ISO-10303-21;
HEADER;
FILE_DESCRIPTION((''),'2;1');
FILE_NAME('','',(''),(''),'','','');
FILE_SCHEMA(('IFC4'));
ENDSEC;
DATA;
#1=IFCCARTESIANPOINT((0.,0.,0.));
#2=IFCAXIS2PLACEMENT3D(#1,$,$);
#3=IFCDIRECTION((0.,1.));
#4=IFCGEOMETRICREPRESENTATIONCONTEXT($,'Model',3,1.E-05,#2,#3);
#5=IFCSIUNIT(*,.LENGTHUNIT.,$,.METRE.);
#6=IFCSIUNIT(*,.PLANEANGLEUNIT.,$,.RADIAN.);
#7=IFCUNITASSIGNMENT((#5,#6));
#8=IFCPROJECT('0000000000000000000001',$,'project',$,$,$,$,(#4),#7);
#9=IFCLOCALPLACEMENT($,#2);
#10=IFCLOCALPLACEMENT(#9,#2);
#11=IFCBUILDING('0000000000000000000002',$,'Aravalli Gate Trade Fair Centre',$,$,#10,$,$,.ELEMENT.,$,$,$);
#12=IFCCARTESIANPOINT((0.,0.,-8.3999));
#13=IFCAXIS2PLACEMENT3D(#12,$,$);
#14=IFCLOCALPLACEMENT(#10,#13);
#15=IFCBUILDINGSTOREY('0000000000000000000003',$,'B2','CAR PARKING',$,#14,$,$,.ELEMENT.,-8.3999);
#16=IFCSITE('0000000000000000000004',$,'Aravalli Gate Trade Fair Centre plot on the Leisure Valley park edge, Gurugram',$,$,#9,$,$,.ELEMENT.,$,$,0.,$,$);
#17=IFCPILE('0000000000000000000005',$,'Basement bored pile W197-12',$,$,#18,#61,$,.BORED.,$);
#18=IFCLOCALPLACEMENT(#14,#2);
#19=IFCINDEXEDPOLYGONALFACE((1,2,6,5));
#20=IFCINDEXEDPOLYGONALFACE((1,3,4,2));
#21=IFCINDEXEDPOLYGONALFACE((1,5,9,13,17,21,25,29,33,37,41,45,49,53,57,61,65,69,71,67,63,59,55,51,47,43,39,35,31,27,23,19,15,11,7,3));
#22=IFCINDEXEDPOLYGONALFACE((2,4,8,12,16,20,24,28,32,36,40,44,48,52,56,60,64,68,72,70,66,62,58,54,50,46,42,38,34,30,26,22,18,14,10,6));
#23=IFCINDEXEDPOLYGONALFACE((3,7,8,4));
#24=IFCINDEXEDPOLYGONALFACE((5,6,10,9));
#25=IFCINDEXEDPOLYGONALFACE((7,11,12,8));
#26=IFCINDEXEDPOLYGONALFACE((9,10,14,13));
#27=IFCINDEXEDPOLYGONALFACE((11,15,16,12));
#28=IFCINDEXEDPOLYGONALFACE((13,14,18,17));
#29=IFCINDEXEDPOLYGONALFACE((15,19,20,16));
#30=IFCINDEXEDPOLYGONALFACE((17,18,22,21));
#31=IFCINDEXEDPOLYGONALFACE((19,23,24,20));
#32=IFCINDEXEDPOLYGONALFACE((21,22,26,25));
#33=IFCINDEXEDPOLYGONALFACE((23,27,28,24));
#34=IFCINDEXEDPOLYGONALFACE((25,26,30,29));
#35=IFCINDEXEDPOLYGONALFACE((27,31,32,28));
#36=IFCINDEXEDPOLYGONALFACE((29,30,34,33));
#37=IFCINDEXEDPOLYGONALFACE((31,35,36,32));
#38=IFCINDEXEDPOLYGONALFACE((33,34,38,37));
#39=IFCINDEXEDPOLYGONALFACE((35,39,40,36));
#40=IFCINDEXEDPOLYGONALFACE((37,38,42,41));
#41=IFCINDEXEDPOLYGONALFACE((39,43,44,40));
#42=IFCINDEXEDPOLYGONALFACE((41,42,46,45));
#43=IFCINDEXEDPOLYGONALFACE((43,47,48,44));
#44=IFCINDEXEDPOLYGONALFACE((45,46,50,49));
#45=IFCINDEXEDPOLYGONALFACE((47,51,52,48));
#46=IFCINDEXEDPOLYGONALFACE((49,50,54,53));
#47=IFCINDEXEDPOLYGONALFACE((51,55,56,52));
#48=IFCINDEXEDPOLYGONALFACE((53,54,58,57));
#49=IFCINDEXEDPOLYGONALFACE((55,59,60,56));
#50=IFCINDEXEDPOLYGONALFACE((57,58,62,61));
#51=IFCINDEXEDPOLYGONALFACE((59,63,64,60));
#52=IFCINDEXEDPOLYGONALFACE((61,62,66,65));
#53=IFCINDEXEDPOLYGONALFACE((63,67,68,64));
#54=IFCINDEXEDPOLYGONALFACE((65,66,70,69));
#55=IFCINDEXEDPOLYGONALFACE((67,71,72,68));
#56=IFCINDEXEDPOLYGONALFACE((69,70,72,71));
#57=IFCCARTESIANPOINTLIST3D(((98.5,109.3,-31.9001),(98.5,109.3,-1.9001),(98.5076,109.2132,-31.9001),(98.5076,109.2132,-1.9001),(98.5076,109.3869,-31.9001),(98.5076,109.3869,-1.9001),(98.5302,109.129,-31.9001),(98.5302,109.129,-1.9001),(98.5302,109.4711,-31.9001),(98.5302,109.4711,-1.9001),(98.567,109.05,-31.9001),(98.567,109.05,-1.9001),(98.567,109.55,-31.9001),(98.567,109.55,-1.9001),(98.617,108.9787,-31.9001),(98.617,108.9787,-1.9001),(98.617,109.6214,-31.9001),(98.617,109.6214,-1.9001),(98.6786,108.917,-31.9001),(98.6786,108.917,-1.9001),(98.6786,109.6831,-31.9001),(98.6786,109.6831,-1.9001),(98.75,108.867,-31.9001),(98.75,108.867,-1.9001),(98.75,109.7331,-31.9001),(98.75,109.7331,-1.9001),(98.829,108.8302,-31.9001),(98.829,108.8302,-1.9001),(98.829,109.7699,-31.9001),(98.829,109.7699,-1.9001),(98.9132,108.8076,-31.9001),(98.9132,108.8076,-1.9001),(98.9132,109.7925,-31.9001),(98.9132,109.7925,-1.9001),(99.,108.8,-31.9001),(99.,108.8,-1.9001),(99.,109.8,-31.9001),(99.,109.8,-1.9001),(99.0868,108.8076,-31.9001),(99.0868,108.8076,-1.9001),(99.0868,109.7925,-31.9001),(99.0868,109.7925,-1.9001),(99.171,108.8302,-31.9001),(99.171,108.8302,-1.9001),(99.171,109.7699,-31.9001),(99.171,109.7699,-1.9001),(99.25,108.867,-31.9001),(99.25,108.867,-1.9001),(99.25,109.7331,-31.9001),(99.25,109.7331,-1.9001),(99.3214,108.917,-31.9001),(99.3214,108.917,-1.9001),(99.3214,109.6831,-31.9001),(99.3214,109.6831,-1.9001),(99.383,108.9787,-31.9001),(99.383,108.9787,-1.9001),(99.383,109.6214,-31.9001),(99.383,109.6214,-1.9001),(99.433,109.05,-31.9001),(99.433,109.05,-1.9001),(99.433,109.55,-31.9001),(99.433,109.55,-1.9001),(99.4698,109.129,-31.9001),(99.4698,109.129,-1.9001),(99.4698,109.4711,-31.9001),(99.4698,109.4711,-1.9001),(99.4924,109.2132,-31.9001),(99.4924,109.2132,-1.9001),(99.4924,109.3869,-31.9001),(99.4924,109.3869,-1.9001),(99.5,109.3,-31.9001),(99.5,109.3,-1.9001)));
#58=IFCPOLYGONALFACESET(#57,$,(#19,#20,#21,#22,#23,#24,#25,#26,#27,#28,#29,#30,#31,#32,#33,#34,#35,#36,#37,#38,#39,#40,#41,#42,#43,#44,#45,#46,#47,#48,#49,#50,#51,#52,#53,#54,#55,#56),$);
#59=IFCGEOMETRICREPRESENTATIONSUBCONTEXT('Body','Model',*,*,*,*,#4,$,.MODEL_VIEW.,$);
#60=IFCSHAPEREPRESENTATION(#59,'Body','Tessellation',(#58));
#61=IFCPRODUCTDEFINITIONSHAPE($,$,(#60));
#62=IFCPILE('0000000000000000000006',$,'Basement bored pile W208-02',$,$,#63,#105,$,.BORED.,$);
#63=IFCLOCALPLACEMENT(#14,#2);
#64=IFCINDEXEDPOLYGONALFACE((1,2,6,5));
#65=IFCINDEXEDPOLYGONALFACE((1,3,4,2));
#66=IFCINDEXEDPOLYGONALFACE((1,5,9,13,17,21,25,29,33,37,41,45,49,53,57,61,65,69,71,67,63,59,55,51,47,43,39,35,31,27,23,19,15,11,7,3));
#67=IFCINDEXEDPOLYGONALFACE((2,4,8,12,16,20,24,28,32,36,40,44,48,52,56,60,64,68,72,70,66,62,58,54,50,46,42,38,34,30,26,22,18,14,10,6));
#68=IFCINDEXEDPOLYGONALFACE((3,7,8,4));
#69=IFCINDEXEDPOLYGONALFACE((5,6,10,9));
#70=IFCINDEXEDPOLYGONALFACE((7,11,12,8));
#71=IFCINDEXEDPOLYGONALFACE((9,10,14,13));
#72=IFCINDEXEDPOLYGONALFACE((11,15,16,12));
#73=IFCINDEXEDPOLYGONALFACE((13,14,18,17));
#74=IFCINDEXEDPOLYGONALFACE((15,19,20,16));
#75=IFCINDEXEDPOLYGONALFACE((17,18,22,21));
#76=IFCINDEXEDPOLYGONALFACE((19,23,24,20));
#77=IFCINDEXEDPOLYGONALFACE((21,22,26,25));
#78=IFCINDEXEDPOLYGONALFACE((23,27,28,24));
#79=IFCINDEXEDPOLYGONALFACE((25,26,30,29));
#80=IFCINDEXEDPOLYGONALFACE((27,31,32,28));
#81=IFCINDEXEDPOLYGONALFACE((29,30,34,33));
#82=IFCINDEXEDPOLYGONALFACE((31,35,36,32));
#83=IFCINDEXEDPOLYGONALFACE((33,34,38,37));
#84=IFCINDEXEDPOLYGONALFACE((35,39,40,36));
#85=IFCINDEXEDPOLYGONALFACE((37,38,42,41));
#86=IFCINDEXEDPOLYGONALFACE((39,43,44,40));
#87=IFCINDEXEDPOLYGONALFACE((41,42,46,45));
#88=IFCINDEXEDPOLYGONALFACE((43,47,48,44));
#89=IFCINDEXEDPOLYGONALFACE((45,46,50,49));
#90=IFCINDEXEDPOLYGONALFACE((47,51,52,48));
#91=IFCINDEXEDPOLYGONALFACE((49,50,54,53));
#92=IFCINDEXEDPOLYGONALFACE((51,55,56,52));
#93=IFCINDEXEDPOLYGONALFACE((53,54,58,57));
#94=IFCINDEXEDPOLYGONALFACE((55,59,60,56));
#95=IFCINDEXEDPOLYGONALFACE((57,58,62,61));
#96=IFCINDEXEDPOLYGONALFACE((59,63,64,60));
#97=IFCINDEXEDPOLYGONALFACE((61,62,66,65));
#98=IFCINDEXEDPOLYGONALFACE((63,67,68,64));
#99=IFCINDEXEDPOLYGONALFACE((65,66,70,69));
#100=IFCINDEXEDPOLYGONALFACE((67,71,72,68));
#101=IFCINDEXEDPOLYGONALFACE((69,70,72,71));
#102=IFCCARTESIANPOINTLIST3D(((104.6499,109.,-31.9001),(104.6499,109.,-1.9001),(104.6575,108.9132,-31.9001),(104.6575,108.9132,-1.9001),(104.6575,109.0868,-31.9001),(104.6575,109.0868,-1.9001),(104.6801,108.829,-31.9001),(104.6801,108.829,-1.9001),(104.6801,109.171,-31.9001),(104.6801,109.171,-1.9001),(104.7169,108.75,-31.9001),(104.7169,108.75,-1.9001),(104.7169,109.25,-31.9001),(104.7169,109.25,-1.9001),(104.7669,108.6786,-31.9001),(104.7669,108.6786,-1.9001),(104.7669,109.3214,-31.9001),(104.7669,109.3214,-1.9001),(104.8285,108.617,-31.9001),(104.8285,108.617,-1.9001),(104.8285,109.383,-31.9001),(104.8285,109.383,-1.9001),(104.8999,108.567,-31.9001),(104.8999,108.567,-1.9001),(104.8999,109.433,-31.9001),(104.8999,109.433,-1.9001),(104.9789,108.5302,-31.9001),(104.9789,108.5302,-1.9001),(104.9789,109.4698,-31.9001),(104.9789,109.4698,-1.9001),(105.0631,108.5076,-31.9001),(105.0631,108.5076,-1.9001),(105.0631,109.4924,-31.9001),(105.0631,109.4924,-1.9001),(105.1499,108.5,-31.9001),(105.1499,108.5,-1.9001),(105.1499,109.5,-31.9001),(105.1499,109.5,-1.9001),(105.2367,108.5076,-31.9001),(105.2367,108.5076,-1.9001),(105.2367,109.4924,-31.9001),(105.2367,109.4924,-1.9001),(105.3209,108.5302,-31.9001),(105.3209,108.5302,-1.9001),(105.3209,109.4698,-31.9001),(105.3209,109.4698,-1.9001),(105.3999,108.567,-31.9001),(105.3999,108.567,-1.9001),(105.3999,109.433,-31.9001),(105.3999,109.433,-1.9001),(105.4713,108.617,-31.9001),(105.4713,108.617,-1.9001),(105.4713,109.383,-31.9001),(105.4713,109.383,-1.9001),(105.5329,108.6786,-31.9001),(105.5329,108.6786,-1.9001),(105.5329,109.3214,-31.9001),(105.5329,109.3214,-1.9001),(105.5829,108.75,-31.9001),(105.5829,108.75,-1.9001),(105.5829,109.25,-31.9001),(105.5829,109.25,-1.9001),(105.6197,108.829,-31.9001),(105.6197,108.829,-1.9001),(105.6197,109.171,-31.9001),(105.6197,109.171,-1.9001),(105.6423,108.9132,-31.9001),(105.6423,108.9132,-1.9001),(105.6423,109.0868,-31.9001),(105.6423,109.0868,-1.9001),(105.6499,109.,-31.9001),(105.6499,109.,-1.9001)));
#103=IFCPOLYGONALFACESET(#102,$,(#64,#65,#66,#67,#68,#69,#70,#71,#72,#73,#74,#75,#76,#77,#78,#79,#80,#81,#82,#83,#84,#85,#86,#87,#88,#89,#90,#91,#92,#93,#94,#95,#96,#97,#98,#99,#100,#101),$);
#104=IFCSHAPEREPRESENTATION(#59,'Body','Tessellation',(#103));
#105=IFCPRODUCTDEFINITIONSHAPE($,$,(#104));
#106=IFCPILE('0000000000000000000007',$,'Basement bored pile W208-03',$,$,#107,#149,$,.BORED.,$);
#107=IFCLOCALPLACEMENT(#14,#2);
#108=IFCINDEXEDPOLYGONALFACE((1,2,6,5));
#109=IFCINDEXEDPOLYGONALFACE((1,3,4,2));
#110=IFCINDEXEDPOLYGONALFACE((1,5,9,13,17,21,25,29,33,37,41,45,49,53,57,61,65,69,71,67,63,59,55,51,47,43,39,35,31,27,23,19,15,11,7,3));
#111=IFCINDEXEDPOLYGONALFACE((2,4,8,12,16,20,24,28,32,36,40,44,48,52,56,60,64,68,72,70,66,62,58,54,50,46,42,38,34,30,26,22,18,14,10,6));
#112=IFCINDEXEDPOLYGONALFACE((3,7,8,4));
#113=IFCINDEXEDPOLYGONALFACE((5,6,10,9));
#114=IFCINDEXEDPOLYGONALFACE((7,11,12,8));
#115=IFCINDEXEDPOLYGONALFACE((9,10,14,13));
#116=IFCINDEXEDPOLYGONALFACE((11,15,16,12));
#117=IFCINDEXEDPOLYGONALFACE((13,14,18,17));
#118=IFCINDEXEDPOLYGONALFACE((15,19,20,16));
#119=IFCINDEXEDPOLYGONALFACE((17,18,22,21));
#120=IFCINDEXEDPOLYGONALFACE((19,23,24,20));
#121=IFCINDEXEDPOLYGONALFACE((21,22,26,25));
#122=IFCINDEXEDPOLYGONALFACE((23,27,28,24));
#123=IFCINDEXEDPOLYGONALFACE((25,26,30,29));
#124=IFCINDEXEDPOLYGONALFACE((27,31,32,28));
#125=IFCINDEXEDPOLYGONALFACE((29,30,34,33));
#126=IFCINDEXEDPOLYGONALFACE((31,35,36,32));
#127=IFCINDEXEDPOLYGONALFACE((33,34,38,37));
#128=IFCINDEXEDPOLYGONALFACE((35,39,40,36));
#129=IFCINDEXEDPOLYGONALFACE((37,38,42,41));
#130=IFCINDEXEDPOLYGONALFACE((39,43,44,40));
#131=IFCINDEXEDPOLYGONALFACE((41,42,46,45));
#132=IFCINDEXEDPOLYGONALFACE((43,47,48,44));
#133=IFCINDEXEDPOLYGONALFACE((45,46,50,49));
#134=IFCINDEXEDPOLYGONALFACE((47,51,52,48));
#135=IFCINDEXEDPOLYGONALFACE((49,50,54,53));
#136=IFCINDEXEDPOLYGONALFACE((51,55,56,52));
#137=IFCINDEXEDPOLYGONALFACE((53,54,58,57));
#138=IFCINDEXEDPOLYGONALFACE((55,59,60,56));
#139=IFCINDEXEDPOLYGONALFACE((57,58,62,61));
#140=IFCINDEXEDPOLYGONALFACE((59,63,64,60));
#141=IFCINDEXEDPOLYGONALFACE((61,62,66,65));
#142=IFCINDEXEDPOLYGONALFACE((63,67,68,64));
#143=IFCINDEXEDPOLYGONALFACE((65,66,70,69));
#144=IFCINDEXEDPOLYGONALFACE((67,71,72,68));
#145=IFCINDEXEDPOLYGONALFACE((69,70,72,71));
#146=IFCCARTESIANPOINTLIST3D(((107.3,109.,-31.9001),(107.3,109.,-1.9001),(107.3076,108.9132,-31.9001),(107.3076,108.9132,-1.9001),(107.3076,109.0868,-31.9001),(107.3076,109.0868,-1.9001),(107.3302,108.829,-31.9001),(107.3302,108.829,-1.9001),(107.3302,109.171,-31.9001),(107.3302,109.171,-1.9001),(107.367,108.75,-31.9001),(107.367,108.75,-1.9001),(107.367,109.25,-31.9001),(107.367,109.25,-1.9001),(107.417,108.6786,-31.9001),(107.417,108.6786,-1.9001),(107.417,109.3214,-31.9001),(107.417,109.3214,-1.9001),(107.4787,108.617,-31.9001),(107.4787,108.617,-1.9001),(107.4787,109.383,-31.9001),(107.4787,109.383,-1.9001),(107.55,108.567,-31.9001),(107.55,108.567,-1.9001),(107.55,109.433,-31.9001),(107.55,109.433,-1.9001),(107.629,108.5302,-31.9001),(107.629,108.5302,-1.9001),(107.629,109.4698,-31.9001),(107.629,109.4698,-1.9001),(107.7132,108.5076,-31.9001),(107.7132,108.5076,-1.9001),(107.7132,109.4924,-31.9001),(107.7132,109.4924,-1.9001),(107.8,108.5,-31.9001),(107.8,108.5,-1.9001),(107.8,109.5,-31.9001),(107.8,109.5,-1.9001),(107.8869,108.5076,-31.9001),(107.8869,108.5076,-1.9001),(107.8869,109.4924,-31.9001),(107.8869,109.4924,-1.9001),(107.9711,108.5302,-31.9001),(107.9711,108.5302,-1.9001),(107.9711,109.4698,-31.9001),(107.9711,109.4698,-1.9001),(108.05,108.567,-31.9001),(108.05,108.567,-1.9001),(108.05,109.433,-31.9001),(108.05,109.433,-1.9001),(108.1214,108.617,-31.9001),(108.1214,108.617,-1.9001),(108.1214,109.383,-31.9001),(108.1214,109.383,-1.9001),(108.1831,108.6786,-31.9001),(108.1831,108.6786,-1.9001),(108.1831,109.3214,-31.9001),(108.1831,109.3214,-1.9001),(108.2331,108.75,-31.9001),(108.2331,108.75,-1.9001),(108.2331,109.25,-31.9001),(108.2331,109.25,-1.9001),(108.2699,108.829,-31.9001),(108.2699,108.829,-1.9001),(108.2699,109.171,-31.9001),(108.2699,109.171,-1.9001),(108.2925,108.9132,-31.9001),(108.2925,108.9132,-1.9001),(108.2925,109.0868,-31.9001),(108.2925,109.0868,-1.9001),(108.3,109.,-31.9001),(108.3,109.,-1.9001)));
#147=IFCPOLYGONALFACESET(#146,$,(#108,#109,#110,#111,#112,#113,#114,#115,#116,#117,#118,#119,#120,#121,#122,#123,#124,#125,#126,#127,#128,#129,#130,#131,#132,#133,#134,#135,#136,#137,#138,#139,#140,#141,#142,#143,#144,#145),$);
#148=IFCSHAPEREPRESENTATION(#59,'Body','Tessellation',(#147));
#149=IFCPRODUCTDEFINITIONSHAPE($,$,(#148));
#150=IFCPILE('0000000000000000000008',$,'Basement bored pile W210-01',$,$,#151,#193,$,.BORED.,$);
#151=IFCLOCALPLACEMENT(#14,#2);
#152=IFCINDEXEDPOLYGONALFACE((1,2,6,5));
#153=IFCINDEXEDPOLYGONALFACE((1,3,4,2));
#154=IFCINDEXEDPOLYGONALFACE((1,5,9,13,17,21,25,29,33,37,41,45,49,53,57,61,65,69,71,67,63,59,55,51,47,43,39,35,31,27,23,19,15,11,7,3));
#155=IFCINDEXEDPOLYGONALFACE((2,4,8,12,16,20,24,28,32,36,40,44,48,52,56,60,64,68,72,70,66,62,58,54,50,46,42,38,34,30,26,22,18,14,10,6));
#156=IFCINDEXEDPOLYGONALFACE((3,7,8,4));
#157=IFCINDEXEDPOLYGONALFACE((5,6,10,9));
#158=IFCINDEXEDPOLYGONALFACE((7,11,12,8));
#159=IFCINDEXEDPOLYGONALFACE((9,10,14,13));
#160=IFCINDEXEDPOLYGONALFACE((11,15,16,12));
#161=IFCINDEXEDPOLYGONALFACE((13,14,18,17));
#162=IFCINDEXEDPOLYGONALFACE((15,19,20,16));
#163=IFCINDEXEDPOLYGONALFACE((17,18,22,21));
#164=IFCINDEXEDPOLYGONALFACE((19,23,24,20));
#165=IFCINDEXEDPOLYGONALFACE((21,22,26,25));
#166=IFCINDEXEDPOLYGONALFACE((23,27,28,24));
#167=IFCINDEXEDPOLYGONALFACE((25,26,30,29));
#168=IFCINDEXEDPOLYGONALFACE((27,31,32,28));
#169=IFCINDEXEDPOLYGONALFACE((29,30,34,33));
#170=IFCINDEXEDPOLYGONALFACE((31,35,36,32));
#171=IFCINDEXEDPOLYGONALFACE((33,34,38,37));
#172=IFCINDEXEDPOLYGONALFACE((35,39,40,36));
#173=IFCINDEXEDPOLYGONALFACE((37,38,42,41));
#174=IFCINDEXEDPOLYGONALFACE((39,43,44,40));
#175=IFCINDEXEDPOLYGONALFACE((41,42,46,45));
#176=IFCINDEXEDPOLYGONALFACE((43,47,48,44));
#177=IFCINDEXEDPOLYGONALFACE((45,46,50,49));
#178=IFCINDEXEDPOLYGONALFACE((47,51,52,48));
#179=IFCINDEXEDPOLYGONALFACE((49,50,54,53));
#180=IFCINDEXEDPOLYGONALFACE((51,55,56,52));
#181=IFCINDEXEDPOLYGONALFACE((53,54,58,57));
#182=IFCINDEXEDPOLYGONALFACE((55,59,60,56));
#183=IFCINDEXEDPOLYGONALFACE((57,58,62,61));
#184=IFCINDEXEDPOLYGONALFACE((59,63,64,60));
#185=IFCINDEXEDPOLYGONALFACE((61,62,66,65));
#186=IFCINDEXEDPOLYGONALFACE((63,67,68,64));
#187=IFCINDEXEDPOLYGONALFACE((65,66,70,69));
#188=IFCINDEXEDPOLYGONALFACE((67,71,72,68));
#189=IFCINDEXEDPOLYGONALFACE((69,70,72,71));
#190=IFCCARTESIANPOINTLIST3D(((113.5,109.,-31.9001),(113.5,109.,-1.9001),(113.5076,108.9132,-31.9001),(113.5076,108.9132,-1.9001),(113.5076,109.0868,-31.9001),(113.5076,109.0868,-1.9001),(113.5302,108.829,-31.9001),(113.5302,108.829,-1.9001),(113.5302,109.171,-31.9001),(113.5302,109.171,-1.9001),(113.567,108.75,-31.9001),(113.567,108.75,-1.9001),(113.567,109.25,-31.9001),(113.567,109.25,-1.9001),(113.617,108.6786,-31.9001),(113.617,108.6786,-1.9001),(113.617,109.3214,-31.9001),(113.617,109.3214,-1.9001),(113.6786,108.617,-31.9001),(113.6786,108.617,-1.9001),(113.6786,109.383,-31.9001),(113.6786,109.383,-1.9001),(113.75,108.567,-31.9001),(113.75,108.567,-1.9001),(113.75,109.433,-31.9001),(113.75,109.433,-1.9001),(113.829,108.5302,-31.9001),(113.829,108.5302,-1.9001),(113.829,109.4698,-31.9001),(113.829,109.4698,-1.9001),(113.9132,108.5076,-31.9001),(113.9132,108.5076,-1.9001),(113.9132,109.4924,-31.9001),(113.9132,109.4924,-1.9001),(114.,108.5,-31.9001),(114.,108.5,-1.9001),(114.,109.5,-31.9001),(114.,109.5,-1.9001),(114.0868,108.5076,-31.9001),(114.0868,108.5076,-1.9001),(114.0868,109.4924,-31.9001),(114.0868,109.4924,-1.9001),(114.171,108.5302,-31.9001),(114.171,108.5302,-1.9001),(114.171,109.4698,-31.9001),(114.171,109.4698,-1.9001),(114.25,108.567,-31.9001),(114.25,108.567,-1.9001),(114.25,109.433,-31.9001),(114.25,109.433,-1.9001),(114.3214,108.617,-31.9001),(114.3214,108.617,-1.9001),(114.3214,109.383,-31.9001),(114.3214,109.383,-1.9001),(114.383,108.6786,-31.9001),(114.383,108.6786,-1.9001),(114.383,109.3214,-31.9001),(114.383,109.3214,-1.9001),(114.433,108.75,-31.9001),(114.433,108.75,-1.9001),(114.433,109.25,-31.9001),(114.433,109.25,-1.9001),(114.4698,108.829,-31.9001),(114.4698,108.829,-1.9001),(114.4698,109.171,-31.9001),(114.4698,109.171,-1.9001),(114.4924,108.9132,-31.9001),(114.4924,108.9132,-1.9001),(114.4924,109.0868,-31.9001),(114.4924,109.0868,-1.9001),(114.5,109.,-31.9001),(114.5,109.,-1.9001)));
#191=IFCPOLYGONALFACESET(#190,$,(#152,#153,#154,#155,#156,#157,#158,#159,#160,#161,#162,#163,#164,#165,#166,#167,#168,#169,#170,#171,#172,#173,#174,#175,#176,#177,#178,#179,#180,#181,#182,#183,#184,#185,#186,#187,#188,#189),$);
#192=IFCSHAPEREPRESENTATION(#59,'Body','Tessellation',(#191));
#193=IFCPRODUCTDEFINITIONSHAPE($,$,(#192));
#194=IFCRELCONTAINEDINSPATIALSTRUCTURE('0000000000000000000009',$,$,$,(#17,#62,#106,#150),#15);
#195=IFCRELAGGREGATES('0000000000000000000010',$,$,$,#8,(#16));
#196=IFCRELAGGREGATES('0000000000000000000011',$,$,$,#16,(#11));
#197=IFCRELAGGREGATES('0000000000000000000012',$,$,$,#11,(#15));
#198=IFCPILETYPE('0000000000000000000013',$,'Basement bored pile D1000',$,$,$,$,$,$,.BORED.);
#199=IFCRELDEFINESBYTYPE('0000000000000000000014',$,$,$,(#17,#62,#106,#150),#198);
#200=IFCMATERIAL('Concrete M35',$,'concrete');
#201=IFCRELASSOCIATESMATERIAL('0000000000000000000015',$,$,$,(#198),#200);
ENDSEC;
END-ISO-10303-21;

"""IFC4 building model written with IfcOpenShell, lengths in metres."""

from ifc_helpers import new_model, si_unit, direction, frame, origin, origin_2d, place, context, subcontext, project, spatial, circle, extrude, material, material_profile, profile_set, type_object, element, save


model = new_model("IFC4")

# Units and contexts
model_context = context("Model", 3, precision=1e-05, world=origin(), true_north=direction((0.0, 1.0)))
body_context = subcontext(model_context, "Body", "Model", "MODEL_VIEW")
ifc_project = project(units=[si_unit("LENGTHUNIT", "METRE"), si_unit("PLANEANGLEUNIT", "RADIAN")], contexts=[model_context])

# Site, building, storey
site_placement = place(None, origin())
site = spatial("IfcSite", under=ifc_project, at=site_placement, Name="Aravalli Gate Trade Fair Centre plot on the Leisure Valley park edge, Gurugram", CompositionType="ELEMENT", RefElevation=0.0)
building_placement = place(site_placement, origin())
building = spatial("IfcBuilding", under=site, at=building_placement, Name="Aravalli Gate Trade Fair Centre", CompositionType="ELEMENT")
storey_placement = place(building_placement, frame((0.0, 0.0, -8.3999)))
storey = spatial("IfcBuildingStorey", under=building, at=storey_placement, Name="B2", Description="CAR PARKING", CompositionType="ELEMENT", Elevation=-8.3999)

# Piles
ifc_material_1 = material(Name="Concrete M35", Category="concrete")
ifc_material_profile_1 = material_profile(ifc_material_1, circle(Radius=0.5, at=origin_2d()), Name="D1000")
ifc_profile_set_1 = profile_set([ifc_material_profile_1], Name="Concrete M35")
pile_type = type_object("IfcPileType", Name="Basement bored pile D1000", PredefinedType="BORED", material=ifc_profile_set_1)
for number, where, z_axis, x_axis, name in (
    (1, (99.0, 109.3, -1.9001), (0.0, 0.0, -1.0), (1.0, 0.0, 0.0), "Basement bored pile W197-12"),
    (2, (105.1499, 109.0, -1.9001), (0.0, 0.0, -1.0), (1.0, 0.0, 0.0), "Basement bored pile W208-02"),
    (3, (107.8, 109.0, -1.9001), (0.0, 0.0, -1.0), (1.0, 0.0, 0.0), "Basement bored pile W208-03"),
    (4, (114.0, 109.0, -1.9001), (0.0, 0.0, -1.0), (1.0, 0.0, 0.0), "Basement bored pile W210-01"),
):
    element("IfcPile", number, at=place(storey_placement, frame(where, z_axis=z_axis, x_axis=x_axis)), inside=storey, type_object=pile_type, Name=name, PredefinedType="BORED", context=body_context, shape_type="SweptSolid", body=[
        extrude(circle(Radius=0.5, at=origin_2d()), origin(), (0.0, 0.0, 1.0), 30.0),
    ])

save(model, "model.ifc")
